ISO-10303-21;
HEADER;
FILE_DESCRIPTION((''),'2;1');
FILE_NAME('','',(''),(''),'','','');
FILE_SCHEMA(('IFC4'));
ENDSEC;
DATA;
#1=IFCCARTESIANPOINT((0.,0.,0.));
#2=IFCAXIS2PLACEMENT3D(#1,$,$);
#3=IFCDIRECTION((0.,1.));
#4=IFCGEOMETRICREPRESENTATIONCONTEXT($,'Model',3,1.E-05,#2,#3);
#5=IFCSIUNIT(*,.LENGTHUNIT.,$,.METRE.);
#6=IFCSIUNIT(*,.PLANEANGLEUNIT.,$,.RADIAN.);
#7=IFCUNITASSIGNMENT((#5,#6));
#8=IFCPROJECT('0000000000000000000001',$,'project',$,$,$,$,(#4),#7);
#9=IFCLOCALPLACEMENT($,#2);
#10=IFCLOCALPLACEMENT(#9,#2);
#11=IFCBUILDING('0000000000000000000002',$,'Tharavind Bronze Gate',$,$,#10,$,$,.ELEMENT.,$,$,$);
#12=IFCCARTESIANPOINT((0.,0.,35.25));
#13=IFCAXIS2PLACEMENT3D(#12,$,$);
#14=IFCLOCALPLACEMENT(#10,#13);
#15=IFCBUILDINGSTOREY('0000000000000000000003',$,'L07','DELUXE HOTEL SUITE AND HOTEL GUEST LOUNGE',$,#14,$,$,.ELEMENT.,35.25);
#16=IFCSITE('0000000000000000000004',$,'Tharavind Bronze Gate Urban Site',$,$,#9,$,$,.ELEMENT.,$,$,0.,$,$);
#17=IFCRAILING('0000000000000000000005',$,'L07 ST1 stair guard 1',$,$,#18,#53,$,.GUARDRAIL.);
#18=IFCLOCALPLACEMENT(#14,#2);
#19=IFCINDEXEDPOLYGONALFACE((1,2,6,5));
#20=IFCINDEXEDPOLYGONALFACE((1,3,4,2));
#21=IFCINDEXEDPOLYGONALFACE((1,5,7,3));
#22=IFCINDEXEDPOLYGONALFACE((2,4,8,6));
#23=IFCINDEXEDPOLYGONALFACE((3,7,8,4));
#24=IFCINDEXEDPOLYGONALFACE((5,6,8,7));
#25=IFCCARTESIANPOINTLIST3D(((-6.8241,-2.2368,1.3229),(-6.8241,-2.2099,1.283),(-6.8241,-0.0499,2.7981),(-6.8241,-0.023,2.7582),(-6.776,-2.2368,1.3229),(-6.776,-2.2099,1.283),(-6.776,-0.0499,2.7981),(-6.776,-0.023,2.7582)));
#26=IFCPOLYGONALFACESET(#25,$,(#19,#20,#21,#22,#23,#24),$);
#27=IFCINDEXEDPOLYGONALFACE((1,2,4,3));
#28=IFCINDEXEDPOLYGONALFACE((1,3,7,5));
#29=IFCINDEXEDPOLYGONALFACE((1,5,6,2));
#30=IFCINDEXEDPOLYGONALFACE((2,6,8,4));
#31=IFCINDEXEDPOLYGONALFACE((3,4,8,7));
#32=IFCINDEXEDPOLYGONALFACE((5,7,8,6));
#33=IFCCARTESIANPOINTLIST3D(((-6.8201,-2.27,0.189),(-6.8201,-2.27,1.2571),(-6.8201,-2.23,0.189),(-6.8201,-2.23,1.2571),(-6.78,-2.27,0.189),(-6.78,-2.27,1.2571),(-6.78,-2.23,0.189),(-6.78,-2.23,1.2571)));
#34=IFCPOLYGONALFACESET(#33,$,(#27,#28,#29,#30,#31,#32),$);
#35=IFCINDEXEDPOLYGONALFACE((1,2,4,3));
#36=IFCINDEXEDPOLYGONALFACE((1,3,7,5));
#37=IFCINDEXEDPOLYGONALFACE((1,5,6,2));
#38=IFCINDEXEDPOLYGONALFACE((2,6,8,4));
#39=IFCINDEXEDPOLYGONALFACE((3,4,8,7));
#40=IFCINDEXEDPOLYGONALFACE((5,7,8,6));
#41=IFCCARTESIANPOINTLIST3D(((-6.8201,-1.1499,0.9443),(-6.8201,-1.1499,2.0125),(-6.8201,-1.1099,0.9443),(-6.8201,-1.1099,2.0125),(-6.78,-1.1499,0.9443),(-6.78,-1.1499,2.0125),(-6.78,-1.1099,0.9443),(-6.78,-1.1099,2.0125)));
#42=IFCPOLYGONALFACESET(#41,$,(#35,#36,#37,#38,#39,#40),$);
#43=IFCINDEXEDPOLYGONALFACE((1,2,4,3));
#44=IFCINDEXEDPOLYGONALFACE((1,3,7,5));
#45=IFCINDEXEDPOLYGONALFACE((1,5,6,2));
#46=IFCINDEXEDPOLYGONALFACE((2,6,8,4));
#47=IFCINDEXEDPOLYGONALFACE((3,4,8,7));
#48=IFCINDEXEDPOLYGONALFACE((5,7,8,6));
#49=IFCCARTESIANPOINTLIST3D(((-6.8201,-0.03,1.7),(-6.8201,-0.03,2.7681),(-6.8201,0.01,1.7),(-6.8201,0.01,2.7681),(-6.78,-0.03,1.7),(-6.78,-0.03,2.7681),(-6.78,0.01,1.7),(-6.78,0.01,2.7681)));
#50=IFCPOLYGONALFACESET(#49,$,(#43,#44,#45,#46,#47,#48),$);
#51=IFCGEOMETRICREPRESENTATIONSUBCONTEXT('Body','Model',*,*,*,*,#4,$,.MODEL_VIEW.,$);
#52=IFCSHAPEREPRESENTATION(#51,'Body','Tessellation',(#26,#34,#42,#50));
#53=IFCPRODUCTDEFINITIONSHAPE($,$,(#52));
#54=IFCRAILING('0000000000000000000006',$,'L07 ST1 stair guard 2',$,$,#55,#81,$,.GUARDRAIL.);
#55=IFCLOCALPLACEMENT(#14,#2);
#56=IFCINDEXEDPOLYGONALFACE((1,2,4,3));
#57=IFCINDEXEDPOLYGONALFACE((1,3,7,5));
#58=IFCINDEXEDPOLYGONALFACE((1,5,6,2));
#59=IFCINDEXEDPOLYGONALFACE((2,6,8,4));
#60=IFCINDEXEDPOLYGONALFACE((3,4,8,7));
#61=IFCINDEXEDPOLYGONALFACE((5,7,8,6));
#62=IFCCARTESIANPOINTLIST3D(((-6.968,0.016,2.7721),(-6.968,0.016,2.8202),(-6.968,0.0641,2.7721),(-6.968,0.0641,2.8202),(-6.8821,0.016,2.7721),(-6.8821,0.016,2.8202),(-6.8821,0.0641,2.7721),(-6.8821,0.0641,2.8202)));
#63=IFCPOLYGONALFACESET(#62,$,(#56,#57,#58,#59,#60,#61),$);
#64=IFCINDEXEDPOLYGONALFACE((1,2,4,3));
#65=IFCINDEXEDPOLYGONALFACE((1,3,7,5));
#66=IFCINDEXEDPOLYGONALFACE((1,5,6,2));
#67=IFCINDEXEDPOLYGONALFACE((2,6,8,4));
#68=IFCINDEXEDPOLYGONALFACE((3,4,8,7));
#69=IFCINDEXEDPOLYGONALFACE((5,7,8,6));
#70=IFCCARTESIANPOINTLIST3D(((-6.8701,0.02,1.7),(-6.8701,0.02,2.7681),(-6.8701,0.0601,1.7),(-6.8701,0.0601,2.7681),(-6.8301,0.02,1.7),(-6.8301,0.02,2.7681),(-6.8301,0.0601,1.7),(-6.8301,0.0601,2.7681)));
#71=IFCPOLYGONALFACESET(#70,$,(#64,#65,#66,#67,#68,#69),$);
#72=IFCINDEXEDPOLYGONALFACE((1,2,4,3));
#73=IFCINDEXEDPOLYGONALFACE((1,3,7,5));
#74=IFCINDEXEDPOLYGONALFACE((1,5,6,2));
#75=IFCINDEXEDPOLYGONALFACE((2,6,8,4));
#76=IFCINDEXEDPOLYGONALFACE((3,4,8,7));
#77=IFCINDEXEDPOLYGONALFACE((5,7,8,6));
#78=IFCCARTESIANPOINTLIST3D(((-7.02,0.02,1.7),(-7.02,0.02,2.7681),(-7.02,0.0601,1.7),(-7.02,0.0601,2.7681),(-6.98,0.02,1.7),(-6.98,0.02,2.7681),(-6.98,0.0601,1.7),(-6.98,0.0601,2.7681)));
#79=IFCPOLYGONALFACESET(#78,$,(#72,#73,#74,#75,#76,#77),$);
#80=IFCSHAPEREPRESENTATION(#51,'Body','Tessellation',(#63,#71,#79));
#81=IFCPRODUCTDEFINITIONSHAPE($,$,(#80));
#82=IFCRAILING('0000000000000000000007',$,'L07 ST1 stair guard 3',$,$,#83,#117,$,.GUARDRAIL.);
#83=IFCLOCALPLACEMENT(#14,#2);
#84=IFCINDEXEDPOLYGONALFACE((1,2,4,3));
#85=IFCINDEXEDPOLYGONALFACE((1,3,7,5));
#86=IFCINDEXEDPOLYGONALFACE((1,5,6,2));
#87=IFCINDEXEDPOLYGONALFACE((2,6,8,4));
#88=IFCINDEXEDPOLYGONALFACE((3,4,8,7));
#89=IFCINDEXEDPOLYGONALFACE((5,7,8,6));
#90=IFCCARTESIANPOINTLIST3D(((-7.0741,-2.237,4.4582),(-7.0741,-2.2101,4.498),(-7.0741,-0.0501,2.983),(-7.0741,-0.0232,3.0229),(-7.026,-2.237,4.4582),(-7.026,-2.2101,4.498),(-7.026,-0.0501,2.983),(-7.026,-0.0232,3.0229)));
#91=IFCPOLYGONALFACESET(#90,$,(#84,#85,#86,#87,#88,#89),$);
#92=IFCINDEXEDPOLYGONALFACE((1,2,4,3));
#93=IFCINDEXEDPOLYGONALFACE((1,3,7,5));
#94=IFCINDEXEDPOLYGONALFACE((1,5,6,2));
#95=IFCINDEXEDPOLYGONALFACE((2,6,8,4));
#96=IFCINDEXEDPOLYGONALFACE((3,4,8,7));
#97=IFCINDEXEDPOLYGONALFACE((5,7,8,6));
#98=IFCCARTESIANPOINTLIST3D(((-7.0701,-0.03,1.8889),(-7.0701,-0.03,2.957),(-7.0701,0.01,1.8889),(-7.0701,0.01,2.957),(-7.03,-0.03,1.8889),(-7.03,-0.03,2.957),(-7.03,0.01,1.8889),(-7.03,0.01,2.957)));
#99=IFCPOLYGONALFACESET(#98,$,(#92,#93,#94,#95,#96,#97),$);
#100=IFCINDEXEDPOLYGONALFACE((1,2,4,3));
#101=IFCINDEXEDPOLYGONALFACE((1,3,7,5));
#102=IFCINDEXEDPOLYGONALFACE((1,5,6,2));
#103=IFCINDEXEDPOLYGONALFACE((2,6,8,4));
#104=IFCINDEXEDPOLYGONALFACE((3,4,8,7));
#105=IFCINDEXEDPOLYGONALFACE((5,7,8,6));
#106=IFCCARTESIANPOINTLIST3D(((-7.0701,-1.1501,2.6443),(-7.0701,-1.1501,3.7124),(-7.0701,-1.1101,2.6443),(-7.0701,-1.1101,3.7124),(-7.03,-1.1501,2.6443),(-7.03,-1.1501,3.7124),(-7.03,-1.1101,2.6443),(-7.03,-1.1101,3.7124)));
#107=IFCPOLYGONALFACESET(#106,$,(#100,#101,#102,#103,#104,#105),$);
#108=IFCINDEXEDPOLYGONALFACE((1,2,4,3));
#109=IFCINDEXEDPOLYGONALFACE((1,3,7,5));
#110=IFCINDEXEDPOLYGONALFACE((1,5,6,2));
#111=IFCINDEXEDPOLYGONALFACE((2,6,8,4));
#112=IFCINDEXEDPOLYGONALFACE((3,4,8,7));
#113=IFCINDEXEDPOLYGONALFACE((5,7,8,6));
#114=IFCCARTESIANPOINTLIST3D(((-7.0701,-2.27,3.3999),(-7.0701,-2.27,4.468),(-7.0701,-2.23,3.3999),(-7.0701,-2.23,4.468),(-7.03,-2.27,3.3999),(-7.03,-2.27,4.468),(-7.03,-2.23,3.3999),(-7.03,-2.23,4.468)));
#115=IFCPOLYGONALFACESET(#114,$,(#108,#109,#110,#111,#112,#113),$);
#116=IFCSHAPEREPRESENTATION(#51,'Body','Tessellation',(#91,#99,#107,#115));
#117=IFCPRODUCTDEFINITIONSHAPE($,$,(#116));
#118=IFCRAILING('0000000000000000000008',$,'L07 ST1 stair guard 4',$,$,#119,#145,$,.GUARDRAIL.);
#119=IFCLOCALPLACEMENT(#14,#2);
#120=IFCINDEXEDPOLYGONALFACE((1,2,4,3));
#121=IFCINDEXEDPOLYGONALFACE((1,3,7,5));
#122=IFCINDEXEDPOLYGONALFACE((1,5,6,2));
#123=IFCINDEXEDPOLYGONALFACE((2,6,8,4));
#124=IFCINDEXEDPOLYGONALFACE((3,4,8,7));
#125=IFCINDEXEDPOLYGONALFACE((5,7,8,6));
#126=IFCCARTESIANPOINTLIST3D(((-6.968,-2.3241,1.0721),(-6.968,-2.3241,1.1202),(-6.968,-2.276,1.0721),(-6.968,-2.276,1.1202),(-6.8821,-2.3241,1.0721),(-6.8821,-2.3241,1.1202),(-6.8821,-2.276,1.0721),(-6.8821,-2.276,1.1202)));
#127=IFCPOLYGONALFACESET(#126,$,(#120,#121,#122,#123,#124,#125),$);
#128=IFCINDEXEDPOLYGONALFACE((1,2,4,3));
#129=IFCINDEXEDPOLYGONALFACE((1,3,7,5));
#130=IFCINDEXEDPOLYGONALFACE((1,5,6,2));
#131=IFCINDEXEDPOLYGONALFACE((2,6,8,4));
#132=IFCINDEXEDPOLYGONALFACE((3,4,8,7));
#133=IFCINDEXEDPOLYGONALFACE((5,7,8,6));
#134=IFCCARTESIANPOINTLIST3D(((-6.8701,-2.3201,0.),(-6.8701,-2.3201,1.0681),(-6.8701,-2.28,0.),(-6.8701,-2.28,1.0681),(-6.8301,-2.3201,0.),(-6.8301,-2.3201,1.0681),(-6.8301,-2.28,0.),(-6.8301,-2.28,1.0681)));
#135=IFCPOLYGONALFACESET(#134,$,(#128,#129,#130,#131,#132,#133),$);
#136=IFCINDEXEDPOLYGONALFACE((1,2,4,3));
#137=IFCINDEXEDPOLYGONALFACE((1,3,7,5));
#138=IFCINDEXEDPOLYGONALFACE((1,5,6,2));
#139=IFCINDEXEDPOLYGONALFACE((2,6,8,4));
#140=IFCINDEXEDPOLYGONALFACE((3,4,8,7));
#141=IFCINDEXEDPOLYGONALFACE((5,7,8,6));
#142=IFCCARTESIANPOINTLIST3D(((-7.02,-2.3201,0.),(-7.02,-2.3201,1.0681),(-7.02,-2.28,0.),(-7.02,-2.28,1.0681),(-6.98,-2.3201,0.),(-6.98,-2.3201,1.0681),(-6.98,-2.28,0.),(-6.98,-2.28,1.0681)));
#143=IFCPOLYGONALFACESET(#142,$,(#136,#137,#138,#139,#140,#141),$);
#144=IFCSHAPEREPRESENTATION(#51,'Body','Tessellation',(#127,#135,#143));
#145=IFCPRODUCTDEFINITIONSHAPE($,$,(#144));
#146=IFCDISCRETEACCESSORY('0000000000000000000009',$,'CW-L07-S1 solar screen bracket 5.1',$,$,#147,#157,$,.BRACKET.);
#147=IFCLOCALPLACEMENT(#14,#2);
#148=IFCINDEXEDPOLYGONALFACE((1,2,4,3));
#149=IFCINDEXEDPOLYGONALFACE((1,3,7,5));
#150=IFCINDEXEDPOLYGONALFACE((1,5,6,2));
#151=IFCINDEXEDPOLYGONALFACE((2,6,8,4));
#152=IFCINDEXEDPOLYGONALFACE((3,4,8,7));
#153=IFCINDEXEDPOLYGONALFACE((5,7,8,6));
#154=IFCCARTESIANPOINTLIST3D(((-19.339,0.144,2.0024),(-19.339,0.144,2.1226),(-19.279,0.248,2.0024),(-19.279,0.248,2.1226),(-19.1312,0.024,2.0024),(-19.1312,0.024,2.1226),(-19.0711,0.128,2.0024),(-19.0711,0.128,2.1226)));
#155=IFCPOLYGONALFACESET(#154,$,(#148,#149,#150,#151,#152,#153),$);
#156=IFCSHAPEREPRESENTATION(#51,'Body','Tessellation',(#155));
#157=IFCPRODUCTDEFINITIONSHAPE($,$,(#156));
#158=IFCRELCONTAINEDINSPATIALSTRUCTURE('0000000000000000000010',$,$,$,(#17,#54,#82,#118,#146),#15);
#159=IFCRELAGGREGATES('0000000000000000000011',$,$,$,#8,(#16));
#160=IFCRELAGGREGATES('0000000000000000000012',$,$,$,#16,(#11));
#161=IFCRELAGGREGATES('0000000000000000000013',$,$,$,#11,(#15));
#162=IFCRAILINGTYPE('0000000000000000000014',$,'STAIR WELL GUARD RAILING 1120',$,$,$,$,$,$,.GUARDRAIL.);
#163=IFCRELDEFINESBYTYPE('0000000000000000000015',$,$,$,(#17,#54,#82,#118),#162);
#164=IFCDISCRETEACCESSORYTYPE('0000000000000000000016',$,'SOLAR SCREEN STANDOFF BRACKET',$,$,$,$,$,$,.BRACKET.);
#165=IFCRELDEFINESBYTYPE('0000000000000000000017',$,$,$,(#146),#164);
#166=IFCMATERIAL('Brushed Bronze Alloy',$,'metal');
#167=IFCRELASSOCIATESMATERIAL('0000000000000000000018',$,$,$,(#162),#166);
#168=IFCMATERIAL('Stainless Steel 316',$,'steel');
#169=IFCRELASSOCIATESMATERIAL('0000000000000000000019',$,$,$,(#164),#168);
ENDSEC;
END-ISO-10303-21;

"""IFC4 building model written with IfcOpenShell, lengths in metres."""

from ifc_helpers import new_model, si_unit, direction, frame, origin, origin_2d, place, context, subcontext, project, spatial, rectangle, extrude, material, type_object, element, save


model = new_model("IFC4")

# Units and contexts
model_context = context("Model", 3, precision=1e-05, world=origin(), true_north=direction((0.0, 1.0)))
body_context = subcontext(model_context, "Body", "Model", "MODEL_VIEW")
ifc_project = project(units=[si_unit("LENGTHUNIT", "METRE"), si_unit("PLANEANGLEUNIT", "RADIAN")], contexts=[model_context])

# Site, building, storey
site_placement = place(None, origin())
site = spatial("IfcSite", under=ifc_project, at=site_placement, Name="Tharavind Bronze Gate Urban Site", CompositionType="ELEMENT", RefElevation=0.0)
building_placement = place(site_placement, origin())
building = spatial("IfcBuilding", under=site, at=building_placement, Name="Tharavind Bronze Gate", CompositionType="ELEMENT")
storey_placement = place(building_placement, frame((0.0, 0.0, 35.25)))
storey = spatial("IfcBuildingStorey", under=building, at=storey_placement, Name="L07", Description="DELUXE HOTEL SUITE AND HOTEL GUEST LOUNGE", CompositionType="ELEMENT", Elevation=35.25)

# Railings
ifc_material_1 = material(Name="Brushed Bronze Alloy", Category="metal")
railing_type_1 = type_object("IfcRailingType", Name="STAIR WELL GUARD RAILING 1120", PredefinedType="GUARDRAIL", material=ifc_material_1)
railing_1_placement = place(storey_placement, frame((-6.8, -2.25, 0.189)))
element("IfcRailing", 1, at=railing_1_placement, inside=storey, type_object=railing_type_1, Name="L07 ST1 stair guard 1", PredefinedType="GUARDRAIL", context=body_context, shape_type="SweptSolid", body=[
    extrude(rectangle(XDim=0.0481, YDim=0.0481, at=origin_2d()), frame((0.0, 0.0266, 1.114), z_axis=(0.0, 0.829021, 0.559217), x_axis=(-1.0, 0.0, 0.0)), (0.0, 0.0, 1.0), 2.6379),
    extrude(rectangle(XDim=0.04, YDim=0.04, at=origin_2d()), origin(), (0.0, 0.0, 1.0), 1.0681),
    extrude(rectangle(XDim=0.04, YDim=0.04, at=origin_2d()), frame((0.0, 1.1201, 0.7554)), (0.0, 0.0, 1.0), 1.0681),
    extrude(rectangle(XDim=0.04, YDim=0.04, at=origin_2d()), frame((0.0, 2.24, 1.511)), (0.0, 0.0, 1.0), 1.0681),
])
railing_2_placement = place(storey_placement, frame((-6.8501, 0.04, 1.7)))
element("IfcRailing", 2, at=railing_2_placement, inside=storey, type_object=railing_type_1, Name="L07 ST1 stair guard 2", PredefinedType="GUARDRAIL", context=body_context, shape_type="SweptSolid", body=[
    extrude(rectangle(XDim=0.0481, YDim=0.0481, at=origin_2d()), frame((-0.032, 0.0, 1.0962), z_axis=(-1.0, 0.0, 0.0), x_axis=(0.0, -1.0, 0.0)), (0.0, 0.0, 1.0), 0.0859),
    extrude(rectangle(XDim=0.04, YDim=0.04, at=origin_2d()), origin(), (0.0, 0.0, 1.0), 1.0681),
    extrude(rectangle(XDim=0.04, YDim=0.04, at=origin_2d()), frame((-0.1499, 0.0, 0.0)), (0.0, 0.0, 1.0), 1.0681),
])
railing_3_placement = place(storey_placement, frame((-7.05, -0.01, 1.8889)))
element("IfcRailing", 3, at=railing_3_placement, inside=storey, type_object=railing_type_1, Name="L07 ST1 stair guard 3", PredefinedType="GUARDRAIL", context=body_context, shape_type="SweptSolid", body=[
    extrude(rectangle(XDim=0.0481, YDim=0.0481, at=origin_2d()), frame((0.0, -0.0266, 1.114), z_axis=(0.0, -0.829021, 0.559217), x_axis=(1.0, 0.0, 0.0)), (0.0, 0.0, 1.0), 2.6379),
    extrude(rectangle(XDim=0.04, YDim=0.04, at=origin_2d()), origin(), (0.0, 0.0, 1.0), 1.0681),
    extrude(rectangle(XDim=0.04, YDim=0.04, at=origin_2d()), frame((0.0, -1.1201, 0.7554)), (0.0, 0.0, 1.0), 1.0681),
    extrude(rectangle(XDim=0.04, YDim=0.04, at=origin_2d()), frame((0.0, -2.24, 1.511)), (0.0, 0.0, 1.0), 1.0681),
])
railing_4_placement = place(storey_placement, frame((-6.8501, -2.3, 0.0)))
element("IfcRailing", 4, at=railing_4_placement, inside=storey, type_object=railing_type_1, Name="L07 ST1 stair guard 4", PredefinedType="GUARDRAIL", context=body_context, shape_type="SweptSolid", body=[
    extrude(rectangle(XDim=0.0481, YDim=0.0481, at=origin_2d()), frame((-0.032, 0.0, 1.0962), z_axis=(-1.0, 0.0, 0.0), x_axis=(0.0, -1.0, 0.0)), (0.0, 0.0, 1.0), 0.0859),
    extrude(rectangle(XDim=0.04, YDim=0.04, at=origin_2d()), origin(), (0.0, 0.0, 1.0), 1.0681),
    extrude(rectangle(XDim=0.04, YDim=0.04, at=origin_2d()), frame((-0.1499, 0.0, 0.0)), (0.0, 0.0, 1.0), 1.0681),
])

# Discrete accessory
ifc_material_2 = material(Name="Stainless Steel 316", Category="steel")
discrete_accessory_type = type_object("IfcDiscreteAccessoryType", Name="SOLAR SCREEN STANDOFF BRACKET", PredefinedType="BRACKET", material=ifc_material_2)
discrete_accessory_placement = place(storey_placement, frame((-19.2051, 0.136, 2.0024), z_axis=(0.0, 0.0, 1.0), x_axis=(-0.500002, -0.866025, 0.0)))
element("IfcDiscreteAccessory", 5, at=discrete_accessory_placement, inside=storey, type_object=discrete_accessory_type, Name="CW-L07-S1 solar screen bracket 5.1", PredefinedType="BRACKET", context=body_context, shape_type="SweptSolid", body=[
    extrude(rectangle(XDim=0.1201, YDim=0.24, at=origin_2d()), origin(), (0.0, 0.0, 1.0), 0.1201),
])

save(model, "model.ifc")
